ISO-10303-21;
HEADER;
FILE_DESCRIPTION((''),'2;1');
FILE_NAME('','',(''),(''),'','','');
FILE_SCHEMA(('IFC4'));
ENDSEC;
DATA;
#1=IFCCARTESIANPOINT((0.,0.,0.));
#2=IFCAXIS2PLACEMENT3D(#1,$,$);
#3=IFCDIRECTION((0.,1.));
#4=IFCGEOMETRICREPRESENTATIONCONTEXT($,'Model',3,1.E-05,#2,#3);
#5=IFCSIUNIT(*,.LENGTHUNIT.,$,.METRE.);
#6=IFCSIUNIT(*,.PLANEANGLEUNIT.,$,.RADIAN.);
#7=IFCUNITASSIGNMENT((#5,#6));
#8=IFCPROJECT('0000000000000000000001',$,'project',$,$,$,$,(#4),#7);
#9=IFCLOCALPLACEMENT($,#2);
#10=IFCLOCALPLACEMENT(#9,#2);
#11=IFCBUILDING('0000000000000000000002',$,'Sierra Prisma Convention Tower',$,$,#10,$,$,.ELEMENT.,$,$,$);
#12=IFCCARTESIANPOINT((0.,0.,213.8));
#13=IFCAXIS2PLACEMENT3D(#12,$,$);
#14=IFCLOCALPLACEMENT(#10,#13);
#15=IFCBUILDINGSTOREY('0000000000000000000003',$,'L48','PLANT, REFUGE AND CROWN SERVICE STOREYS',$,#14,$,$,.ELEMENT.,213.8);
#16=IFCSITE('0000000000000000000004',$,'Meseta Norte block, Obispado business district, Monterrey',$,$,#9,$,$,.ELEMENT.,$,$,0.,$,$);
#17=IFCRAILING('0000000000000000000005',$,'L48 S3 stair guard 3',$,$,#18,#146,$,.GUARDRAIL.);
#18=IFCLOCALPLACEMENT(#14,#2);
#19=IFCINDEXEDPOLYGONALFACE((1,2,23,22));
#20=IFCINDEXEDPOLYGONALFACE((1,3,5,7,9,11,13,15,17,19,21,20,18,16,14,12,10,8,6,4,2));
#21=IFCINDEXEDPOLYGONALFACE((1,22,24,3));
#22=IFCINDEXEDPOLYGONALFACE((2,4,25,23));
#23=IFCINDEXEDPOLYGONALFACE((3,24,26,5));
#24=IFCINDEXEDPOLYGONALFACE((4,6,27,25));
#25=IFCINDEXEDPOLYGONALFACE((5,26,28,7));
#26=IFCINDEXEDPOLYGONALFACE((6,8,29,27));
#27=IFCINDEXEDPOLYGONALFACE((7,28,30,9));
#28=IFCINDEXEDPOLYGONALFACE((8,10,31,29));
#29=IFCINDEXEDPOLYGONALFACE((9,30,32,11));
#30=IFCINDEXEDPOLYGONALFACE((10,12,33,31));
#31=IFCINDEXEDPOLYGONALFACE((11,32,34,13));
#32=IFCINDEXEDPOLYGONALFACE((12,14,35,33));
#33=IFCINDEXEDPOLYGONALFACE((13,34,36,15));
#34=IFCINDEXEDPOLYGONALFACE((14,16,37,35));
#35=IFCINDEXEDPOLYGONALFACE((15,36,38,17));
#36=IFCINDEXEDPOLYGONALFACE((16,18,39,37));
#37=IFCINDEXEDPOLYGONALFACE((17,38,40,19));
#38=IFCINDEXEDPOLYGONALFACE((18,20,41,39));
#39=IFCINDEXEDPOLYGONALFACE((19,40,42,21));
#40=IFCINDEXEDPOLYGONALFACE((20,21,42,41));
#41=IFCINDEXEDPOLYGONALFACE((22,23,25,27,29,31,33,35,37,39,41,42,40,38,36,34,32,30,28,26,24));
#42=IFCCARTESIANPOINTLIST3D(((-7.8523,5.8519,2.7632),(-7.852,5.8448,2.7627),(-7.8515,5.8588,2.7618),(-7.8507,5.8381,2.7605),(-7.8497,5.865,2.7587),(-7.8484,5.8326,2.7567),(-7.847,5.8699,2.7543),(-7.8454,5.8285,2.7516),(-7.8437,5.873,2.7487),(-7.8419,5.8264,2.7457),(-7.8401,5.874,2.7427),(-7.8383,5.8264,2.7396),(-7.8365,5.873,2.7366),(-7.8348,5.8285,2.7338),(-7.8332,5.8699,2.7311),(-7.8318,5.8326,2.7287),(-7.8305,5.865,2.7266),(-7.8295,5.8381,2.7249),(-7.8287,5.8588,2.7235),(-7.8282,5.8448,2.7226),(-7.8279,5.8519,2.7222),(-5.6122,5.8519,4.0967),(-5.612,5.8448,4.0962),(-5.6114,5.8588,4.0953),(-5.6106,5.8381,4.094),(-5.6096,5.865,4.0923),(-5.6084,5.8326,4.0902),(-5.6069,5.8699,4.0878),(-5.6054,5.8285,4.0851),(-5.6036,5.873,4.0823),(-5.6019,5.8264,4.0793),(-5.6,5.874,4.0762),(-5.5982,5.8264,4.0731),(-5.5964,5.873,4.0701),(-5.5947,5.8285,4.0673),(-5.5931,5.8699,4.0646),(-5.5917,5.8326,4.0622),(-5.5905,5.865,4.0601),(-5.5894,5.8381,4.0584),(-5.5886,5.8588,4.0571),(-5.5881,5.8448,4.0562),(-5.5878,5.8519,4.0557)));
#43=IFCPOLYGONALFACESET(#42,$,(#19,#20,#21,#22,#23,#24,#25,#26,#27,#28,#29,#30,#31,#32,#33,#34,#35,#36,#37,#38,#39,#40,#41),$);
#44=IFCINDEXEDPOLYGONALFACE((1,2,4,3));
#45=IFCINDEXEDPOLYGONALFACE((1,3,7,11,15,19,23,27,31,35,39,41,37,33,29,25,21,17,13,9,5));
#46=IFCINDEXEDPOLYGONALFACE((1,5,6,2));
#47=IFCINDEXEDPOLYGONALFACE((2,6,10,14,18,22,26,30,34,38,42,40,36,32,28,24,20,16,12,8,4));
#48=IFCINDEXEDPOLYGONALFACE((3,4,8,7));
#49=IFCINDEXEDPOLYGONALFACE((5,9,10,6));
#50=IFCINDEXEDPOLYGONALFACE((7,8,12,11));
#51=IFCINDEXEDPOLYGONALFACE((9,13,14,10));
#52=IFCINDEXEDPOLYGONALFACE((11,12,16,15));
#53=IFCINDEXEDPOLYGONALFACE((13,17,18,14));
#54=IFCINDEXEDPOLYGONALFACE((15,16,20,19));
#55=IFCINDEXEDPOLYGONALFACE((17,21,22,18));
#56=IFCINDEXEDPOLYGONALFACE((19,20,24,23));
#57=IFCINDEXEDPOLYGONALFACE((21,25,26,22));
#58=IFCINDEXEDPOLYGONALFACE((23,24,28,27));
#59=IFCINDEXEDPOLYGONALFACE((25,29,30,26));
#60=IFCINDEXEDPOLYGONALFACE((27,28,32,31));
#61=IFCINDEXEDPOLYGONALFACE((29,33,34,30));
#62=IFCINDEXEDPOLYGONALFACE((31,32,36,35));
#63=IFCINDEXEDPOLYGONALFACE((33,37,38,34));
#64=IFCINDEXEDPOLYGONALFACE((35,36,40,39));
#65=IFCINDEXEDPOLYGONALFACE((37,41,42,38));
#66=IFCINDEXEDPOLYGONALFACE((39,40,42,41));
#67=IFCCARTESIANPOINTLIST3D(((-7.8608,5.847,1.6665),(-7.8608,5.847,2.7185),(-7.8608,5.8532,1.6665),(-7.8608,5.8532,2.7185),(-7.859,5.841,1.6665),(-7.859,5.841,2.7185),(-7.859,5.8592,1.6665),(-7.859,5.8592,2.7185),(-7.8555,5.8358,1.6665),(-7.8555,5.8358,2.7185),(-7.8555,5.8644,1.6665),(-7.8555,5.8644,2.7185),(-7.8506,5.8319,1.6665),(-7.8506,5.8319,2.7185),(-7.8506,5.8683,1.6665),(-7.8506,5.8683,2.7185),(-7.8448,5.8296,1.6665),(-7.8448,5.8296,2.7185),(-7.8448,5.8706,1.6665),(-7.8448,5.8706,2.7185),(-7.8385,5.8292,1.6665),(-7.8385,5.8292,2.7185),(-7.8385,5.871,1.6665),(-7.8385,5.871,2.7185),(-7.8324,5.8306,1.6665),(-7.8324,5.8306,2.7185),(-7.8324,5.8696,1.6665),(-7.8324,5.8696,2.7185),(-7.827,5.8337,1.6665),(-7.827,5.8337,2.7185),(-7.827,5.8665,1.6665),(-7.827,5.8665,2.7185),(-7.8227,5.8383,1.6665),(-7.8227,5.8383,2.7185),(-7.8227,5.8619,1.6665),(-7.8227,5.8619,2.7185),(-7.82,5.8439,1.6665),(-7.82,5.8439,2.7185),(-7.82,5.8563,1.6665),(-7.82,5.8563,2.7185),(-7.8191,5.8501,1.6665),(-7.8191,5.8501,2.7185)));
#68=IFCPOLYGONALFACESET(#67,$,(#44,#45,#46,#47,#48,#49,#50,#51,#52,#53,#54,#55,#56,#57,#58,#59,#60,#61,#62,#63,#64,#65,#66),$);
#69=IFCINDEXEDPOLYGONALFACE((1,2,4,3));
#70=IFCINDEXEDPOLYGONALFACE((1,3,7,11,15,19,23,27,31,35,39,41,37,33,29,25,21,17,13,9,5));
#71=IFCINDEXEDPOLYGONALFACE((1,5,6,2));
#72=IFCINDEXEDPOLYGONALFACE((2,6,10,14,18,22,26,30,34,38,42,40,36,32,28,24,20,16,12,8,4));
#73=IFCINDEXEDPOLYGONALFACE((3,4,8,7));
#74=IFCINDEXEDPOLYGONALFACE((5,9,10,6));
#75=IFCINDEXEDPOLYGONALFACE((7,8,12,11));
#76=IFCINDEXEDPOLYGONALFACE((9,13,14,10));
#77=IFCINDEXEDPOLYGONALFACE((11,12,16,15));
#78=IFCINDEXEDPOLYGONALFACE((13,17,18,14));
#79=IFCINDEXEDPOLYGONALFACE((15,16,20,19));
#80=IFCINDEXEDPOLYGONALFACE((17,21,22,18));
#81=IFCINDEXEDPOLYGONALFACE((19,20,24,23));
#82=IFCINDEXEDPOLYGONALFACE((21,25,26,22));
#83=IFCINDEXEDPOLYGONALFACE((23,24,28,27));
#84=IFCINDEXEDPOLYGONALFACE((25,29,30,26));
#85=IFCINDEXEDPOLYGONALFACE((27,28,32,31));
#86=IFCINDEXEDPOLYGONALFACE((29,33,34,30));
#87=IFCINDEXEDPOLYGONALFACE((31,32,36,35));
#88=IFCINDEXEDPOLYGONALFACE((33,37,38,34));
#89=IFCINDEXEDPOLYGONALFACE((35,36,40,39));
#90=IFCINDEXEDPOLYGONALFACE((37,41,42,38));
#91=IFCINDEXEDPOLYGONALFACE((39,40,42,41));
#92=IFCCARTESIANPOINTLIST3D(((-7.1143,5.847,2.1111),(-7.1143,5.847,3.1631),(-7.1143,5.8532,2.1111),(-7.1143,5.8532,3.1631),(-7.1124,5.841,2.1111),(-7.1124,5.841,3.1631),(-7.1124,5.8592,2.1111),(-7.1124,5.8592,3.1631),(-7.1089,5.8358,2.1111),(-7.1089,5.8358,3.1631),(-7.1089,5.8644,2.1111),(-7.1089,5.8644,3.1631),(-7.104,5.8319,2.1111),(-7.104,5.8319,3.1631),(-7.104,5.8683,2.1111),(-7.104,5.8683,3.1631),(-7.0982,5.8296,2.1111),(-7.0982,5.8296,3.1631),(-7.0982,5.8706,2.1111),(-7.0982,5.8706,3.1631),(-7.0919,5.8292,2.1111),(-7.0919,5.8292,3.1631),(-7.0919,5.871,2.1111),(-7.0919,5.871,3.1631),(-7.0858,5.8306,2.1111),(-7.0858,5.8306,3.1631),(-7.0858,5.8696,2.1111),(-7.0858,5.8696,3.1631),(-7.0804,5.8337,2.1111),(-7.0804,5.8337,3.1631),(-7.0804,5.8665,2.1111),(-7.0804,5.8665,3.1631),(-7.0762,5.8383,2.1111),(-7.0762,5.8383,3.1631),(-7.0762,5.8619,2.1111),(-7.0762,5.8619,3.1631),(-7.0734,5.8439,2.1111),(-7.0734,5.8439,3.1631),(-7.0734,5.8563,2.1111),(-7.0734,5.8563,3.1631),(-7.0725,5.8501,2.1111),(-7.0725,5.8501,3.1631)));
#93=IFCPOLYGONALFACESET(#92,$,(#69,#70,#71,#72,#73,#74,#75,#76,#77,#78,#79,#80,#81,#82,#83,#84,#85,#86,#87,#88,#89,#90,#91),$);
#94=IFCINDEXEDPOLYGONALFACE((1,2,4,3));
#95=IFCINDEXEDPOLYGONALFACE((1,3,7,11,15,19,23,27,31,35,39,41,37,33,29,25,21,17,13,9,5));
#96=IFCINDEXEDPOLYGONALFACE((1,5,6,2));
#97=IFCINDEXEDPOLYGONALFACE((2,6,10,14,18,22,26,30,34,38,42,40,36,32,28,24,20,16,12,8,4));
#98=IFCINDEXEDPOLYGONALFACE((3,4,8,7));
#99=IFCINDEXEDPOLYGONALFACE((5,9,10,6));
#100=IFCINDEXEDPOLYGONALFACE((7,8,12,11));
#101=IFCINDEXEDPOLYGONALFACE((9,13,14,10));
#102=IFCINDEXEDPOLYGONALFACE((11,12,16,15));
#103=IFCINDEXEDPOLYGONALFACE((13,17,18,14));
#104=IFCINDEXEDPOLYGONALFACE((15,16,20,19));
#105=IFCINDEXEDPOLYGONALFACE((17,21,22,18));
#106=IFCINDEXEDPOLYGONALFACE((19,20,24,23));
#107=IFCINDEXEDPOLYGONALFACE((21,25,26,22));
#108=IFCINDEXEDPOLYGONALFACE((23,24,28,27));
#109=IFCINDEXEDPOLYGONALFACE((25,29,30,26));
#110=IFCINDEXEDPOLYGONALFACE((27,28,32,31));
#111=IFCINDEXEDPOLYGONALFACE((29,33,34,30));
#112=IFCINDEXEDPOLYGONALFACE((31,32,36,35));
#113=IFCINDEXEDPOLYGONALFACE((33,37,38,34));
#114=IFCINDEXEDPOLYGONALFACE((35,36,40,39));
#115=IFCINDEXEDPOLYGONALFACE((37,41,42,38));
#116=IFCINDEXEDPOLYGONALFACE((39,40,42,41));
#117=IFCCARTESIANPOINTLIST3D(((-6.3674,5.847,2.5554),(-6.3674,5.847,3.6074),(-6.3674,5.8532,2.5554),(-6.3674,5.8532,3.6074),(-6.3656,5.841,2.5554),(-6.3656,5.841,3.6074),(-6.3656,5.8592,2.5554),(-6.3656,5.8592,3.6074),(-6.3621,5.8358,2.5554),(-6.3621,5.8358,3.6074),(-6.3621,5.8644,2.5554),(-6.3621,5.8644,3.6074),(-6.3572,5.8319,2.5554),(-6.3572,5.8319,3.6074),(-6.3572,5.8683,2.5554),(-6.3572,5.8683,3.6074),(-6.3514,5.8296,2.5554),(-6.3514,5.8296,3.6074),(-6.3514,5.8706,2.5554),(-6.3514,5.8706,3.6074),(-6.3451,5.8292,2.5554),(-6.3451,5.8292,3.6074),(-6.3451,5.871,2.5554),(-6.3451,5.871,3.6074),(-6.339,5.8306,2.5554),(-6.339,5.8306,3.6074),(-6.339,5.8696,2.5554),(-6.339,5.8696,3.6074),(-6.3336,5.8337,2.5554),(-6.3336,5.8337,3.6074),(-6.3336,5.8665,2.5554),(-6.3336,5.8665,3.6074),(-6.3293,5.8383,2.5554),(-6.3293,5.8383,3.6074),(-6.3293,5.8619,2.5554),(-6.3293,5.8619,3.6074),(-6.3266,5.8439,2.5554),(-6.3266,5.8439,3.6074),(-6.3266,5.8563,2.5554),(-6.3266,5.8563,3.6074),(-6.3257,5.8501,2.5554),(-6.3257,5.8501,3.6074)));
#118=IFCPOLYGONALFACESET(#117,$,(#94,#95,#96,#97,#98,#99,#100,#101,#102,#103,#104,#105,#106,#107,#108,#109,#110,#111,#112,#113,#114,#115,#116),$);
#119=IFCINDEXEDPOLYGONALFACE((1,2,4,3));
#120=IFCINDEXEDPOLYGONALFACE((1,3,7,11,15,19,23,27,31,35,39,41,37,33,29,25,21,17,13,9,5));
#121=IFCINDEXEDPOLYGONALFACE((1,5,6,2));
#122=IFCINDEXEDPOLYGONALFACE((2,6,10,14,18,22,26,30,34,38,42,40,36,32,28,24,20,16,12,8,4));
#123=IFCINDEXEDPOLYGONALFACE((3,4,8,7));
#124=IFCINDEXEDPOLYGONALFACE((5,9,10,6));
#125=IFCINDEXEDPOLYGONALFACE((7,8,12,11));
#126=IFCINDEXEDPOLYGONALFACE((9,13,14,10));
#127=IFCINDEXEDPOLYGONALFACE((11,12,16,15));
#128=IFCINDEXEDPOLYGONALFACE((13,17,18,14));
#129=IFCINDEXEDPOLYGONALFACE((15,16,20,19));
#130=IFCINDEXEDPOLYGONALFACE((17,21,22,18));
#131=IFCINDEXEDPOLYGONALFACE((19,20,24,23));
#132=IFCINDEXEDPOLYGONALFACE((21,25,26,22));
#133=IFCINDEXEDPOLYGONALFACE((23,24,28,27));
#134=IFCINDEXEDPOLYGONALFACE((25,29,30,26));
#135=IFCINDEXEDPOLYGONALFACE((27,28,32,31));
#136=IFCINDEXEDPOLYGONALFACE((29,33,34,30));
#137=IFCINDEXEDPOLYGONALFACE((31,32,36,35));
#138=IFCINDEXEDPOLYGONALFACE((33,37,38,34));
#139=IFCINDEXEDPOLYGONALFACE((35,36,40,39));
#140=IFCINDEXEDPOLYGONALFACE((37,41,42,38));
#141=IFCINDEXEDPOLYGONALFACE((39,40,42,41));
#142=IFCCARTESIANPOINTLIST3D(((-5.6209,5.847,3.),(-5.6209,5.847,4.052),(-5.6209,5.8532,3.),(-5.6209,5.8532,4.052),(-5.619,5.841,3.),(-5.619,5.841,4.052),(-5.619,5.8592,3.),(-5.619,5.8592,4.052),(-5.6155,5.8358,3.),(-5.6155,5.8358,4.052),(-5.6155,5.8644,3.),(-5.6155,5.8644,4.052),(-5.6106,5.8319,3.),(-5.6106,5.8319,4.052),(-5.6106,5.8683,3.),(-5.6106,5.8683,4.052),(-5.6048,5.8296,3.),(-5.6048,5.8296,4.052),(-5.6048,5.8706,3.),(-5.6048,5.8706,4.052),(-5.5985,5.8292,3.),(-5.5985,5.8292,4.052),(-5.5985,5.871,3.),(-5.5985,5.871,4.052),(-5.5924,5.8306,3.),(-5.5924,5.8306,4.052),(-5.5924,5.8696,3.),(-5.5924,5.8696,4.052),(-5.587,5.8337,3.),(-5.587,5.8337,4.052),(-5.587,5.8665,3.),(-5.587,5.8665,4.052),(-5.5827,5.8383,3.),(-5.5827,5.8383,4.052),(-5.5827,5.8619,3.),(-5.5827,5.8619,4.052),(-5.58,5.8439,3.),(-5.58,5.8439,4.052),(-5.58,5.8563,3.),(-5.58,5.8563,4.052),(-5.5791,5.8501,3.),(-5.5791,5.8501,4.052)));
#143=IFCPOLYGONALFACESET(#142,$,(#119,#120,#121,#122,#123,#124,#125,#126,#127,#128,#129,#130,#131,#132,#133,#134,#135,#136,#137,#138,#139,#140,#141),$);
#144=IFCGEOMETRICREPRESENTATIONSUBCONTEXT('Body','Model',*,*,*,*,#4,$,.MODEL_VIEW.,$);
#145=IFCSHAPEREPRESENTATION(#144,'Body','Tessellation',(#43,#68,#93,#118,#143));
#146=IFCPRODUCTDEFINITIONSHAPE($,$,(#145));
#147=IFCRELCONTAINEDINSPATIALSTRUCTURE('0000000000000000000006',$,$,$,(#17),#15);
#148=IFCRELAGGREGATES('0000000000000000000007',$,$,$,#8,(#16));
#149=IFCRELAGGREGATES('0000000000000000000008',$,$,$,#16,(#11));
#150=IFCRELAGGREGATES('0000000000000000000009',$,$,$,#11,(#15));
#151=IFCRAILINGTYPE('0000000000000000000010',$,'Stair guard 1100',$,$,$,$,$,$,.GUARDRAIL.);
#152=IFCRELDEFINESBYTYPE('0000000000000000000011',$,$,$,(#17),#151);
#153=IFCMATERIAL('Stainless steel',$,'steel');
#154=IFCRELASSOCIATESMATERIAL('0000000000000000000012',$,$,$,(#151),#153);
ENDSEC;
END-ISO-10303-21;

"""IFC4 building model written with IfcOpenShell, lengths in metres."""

from ifc_helpers import new_model, si_unit, direction, frame, origin, origin_2d, place, context, subcontext, project, spatial, circle, extrude, material, type_object, element, save


model = new_model("IFC4")

# Units and contexts
model_context = context("Model", 3, precision=1e-05, world=origin(), true_north=direction((0.0, 1.0)))
body_context = subcontext(model_context, "Body", "Model", "MODEL_VIEW")
ifc_project = project(units=[si_unit("LENGTHUNIT", "METRE"), si_unit("PLANEANGLEUNIT", "RADIAN")], contexts=[model_context])

# Site, building, storey
site_placement = place(None, origin())
site = spatial("IfcSite", under=ifc_project, at=site_placement, Name="Meseta Norte block, Obispado business district, Monterrey", CompositionType="ELEMENT", RefElevation=0.0)
building_placement = place(site_placement, origin())
building = spatial("IfcBuilding", under=site, at=building_placement, Name="Sierra Prisma Convention Tower", CompositionType="ELEMENT")
storey_placement = place(building_placement, frame((0.0, 0.0, 213.8)))
storey = spatial("IfcBuildingStorey", under=building, at=storey_placement, Name="L48", Description="PLANT, REFUGE AND CROWN SERVICE STOREYS", CompositionType="ELEMENT", Elevation=213.8)

# Railing
ifc_material_1 = material(Name="Stainless steel", Category="steel")
railing_type_1 = type_object("IfcRailingType", Name="Stair guard 1100", PredefinedType="GUARDRAIL", material=ifc_material_1)
railing_1_placement = place(storey_placement, frame((-7.8401, 5.8501, 1.6665)))
element("IfcRailing", 1, at=railing_1_placement, inside=storey, type_object=railing_type_1, Name="L48 S3 stair guard 3", PredefinedType="GUARDRAIL", context=body_context, shape_type="SweptSolid", body=[
    extrude(circle(Radius=0.0239, at=origin_2d()), frame((0.0, 0.0, 1.0762), z_axis=(0.859264, 0.0, 0.511532), x_axis=(0.0, 1.0, 0.0)), (0.0, 0.0, 1.0), 2.6069),
    extrude(circle(Radius=0.021, at=origin_2d()), origin(), (0.0, 0.0, 1.0), 1.052),
    extrude(circle(Radius=0.021, at=origin_2d()), frame((0.7466, 0.0, 0.4446)), (0.0, 0.0, 1.0), 1.052),
    extrude(circle(Radius=0.021, at=origin_2d()), frame((1.4934, 0.0, 0.8889)), (0.0, 0.0, 1.0), 1.052),
    extrude(circle(Radius=0.021, at=origin_2d()), frame((2.24, 0.0, 1.3335)), (0.0, 0.0, 1.0), 1.052),
])

save(model, "model.ifc")
